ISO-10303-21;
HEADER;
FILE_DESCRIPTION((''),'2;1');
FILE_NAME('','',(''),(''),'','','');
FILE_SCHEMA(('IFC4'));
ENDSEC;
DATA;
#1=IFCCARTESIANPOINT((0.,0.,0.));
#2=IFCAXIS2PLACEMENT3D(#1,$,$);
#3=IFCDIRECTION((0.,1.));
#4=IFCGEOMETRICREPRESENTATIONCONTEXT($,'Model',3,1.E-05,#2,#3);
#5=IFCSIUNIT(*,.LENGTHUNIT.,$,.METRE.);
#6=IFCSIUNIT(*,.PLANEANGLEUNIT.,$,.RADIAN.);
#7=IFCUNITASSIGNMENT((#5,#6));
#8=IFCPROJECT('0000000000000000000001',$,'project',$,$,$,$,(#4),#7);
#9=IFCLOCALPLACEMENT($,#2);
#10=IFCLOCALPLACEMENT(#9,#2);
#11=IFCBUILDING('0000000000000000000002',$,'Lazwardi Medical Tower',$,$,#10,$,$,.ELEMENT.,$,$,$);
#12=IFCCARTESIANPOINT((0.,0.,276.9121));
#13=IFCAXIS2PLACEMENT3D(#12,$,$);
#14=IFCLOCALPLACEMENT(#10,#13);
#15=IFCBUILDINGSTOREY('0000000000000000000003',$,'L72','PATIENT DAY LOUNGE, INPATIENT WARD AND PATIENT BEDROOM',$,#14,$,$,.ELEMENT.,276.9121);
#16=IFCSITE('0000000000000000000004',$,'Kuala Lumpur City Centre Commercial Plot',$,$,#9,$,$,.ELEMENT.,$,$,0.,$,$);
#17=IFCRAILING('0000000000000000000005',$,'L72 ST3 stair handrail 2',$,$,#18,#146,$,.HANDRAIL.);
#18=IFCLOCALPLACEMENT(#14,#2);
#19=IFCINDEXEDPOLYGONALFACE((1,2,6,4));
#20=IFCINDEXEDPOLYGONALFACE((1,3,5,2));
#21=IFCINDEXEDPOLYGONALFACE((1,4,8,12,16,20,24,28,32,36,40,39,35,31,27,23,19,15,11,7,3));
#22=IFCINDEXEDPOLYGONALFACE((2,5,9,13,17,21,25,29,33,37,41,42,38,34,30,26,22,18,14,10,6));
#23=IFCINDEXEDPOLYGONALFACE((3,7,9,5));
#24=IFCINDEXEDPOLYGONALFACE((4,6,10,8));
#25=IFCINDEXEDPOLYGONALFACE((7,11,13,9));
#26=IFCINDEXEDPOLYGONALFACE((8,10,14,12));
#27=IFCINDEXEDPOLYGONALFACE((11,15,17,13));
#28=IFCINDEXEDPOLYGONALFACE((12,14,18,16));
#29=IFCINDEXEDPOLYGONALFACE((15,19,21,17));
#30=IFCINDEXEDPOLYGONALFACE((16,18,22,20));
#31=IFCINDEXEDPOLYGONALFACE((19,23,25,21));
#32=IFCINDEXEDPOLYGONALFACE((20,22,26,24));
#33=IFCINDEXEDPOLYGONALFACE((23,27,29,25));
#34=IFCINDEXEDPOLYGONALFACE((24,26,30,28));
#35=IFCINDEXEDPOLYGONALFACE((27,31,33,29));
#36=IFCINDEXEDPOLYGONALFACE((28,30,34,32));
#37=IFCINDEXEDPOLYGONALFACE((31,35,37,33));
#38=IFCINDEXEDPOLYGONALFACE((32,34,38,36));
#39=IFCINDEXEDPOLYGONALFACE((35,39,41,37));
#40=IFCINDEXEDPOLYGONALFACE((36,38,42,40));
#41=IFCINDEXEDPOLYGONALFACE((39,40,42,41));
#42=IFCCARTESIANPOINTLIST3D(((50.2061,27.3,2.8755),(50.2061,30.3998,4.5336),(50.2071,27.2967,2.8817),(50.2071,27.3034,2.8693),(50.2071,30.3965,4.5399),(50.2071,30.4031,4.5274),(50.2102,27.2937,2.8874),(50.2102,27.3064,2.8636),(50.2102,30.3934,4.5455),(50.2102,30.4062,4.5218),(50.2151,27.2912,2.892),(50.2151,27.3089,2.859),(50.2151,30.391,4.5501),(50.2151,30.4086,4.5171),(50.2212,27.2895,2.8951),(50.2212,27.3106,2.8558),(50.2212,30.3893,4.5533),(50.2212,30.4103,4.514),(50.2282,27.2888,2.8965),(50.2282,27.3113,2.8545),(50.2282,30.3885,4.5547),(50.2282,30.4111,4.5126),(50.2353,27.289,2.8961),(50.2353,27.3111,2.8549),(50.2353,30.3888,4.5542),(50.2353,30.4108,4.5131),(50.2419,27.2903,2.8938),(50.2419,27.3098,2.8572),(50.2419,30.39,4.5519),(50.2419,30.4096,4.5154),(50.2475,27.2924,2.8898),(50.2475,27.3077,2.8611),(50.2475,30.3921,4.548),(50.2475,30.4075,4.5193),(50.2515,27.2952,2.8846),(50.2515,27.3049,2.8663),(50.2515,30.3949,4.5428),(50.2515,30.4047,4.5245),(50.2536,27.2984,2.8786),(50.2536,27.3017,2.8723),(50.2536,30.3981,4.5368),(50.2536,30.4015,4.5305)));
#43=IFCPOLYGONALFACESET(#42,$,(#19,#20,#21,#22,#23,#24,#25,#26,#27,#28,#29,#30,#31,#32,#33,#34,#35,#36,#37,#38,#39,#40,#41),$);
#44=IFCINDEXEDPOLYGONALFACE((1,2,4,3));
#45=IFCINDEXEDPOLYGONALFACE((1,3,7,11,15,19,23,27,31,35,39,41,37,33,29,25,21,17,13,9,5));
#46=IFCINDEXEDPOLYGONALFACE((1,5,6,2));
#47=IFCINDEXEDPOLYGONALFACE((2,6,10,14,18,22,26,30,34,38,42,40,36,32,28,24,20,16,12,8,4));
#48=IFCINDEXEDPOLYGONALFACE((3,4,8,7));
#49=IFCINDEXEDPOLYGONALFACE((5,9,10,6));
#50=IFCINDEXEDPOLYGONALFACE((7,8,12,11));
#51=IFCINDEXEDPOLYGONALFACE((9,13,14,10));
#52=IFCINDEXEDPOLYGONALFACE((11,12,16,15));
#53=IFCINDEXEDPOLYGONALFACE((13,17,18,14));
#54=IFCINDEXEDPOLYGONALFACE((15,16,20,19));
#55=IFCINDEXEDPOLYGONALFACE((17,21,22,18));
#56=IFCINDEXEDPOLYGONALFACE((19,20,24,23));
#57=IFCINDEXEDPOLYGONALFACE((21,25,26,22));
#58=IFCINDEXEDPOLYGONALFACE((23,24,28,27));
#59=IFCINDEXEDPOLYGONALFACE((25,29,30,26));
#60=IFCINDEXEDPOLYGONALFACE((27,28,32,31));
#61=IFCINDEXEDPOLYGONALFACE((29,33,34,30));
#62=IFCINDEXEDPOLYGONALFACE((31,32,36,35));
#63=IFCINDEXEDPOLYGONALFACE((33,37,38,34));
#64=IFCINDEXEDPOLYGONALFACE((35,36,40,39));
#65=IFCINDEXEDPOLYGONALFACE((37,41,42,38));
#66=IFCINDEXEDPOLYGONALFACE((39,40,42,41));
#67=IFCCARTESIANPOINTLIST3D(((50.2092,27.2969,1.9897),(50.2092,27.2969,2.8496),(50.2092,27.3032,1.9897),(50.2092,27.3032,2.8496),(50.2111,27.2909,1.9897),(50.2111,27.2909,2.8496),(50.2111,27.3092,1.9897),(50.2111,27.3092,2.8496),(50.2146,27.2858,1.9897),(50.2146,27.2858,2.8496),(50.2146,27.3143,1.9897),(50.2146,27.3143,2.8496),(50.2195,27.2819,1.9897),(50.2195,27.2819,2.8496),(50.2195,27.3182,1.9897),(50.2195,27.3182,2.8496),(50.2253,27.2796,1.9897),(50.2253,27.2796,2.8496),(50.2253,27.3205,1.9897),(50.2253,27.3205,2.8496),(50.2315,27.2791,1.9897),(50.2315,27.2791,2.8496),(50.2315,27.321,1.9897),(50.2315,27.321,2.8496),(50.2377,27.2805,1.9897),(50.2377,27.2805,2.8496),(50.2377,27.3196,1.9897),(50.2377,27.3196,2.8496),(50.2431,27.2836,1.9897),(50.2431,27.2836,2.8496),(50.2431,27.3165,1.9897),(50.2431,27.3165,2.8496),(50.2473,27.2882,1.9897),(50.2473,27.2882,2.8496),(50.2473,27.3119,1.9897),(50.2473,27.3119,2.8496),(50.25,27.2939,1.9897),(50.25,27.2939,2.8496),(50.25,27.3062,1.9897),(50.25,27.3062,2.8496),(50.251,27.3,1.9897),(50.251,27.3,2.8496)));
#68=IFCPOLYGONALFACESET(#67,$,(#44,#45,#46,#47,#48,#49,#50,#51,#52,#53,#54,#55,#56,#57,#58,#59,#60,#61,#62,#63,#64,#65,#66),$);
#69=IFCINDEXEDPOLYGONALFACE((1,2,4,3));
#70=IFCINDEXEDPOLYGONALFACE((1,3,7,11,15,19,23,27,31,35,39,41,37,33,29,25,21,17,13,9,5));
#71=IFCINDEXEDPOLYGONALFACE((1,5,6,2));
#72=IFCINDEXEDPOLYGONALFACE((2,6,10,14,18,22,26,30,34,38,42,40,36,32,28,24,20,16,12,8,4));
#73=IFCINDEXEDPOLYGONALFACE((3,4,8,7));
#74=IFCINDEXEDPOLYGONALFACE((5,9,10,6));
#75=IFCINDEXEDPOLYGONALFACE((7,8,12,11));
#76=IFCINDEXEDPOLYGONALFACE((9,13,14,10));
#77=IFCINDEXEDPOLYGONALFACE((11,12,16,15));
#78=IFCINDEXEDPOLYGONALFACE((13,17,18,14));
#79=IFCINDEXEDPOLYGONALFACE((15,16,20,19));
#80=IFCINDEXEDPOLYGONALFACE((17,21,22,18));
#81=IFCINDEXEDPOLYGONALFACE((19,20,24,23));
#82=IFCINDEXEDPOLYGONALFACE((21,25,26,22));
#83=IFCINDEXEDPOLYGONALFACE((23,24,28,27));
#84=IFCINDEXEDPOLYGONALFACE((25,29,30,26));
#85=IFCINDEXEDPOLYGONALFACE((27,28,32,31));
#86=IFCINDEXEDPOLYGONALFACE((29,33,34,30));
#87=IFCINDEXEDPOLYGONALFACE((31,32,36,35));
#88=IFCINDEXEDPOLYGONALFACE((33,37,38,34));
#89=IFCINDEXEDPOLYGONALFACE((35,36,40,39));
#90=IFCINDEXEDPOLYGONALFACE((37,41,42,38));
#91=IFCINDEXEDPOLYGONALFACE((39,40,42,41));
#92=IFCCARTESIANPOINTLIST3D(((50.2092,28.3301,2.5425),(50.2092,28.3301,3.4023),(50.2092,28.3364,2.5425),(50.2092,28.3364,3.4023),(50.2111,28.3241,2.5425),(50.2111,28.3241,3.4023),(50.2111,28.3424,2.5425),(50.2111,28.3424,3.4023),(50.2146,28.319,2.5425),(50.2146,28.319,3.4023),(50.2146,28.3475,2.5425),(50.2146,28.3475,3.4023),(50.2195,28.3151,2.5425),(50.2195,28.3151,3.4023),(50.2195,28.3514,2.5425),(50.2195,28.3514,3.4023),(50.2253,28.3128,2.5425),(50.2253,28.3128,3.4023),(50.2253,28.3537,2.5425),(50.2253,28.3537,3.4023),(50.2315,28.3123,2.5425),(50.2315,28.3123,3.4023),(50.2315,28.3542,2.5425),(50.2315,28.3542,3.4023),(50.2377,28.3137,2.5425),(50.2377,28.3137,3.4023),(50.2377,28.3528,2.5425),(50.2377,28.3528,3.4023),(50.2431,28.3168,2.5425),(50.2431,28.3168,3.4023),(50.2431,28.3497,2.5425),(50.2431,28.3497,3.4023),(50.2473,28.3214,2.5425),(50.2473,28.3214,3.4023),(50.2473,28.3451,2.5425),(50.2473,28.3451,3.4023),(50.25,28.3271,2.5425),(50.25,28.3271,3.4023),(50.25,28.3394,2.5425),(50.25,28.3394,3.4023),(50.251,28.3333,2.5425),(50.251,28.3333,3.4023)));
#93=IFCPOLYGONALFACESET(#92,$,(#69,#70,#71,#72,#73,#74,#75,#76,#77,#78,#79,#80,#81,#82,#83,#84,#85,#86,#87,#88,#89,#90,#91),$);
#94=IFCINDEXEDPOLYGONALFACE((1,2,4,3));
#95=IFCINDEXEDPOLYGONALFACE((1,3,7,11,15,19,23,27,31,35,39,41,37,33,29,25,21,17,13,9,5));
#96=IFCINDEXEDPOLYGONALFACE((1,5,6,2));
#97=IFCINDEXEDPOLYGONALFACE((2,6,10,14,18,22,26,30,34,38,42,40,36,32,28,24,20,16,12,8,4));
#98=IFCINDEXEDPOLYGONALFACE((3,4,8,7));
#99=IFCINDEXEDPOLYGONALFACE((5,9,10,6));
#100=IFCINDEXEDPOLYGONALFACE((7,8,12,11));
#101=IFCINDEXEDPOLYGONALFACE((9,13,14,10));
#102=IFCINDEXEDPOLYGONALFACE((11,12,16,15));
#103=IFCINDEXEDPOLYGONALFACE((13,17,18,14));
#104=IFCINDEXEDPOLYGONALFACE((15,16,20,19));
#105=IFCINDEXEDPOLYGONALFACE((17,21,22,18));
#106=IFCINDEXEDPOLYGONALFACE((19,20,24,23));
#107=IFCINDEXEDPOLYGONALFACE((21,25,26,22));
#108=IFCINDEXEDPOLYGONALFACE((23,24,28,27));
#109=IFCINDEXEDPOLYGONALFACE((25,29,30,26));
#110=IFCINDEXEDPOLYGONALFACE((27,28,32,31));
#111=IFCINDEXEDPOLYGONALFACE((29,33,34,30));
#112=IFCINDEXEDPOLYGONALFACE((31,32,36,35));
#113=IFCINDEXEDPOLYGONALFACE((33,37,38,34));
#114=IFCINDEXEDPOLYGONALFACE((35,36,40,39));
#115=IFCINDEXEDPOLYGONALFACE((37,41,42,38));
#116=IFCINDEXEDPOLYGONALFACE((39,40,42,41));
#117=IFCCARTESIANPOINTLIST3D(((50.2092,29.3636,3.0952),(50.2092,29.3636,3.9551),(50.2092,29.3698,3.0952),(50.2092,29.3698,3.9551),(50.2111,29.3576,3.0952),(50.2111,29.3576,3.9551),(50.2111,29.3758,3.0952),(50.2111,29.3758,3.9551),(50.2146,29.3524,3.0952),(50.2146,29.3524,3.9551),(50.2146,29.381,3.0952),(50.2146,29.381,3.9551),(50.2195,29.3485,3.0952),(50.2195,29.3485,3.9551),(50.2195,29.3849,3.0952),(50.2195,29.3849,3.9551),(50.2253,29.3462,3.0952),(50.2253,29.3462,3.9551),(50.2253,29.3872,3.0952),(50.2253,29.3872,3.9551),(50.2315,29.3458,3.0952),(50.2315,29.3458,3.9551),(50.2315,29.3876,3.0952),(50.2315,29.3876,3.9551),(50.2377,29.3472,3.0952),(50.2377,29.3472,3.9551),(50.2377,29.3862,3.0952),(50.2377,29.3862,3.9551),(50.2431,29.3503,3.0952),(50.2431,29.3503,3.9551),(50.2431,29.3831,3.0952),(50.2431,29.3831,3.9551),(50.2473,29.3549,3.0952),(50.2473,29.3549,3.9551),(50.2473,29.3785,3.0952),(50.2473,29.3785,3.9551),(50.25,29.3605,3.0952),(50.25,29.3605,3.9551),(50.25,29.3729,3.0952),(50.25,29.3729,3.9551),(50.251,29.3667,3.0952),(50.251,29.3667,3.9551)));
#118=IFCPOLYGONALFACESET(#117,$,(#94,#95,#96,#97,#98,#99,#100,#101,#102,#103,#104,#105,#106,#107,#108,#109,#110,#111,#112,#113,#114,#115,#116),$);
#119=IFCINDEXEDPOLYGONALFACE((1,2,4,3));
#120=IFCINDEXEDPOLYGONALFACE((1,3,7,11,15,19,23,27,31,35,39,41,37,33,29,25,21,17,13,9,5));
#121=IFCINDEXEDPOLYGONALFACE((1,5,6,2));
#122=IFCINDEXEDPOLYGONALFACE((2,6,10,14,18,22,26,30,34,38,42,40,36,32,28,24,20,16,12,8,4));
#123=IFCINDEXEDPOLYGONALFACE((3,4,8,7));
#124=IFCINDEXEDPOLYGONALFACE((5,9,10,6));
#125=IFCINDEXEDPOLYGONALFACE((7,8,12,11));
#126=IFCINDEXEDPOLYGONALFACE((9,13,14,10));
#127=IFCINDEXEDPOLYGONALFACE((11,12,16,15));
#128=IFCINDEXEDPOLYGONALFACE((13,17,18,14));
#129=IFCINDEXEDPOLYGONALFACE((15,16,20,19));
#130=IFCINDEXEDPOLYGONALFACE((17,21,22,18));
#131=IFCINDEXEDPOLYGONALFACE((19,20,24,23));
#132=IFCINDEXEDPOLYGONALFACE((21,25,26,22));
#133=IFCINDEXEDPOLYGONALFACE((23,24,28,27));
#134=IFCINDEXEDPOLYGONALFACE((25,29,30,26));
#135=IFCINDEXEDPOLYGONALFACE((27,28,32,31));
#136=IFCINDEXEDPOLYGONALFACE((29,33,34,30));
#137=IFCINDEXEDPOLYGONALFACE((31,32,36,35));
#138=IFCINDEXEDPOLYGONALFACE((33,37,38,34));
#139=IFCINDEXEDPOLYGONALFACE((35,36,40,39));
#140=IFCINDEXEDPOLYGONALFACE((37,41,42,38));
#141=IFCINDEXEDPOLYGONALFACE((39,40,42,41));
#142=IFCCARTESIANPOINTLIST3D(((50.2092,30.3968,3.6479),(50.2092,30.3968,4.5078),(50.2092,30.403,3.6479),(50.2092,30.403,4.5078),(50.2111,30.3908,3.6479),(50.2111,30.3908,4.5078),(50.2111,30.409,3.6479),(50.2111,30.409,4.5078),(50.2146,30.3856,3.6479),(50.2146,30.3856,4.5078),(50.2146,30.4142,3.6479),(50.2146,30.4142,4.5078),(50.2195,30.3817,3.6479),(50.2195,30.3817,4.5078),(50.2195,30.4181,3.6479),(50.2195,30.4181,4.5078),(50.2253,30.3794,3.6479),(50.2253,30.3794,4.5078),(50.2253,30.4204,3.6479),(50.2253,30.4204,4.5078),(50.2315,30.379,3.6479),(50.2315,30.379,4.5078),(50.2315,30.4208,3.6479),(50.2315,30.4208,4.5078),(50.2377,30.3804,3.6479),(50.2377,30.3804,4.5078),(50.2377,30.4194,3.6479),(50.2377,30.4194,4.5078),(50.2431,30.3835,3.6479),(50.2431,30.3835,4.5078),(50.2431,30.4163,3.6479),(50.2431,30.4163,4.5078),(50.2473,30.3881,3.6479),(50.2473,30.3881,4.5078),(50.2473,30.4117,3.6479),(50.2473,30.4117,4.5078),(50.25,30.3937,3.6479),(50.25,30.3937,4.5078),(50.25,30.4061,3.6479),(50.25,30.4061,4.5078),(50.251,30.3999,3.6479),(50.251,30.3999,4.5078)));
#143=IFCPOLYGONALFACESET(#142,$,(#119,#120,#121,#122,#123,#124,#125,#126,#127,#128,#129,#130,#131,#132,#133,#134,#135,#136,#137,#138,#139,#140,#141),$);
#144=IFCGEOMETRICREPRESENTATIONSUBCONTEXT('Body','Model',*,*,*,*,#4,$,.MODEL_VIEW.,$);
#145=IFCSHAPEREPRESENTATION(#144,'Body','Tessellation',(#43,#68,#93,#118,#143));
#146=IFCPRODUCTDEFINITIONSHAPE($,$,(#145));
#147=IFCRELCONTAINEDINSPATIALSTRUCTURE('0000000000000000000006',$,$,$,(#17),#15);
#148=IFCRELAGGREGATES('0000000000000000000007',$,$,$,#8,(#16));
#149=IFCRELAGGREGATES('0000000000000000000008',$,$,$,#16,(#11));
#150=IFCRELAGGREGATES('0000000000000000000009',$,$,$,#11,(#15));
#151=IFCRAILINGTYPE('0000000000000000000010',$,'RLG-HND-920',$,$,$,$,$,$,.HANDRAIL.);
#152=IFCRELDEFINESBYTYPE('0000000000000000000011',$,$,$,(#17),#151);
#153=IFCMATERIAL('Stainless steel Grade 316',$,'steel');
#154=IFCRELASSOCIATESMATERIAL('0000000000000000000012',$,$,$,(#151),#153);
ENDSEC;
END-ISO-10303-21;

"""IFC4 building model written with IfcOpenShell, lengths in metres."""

from ifc_helpers import new_model, si_unit, direction, frame, origin, origin_2d, place, context, subcontext, project, spatial, circle, extrude, material, type_object, element, save


model = new_model("IFC4")

# Units and contexts
model_context = context("Model", 3, precision=1e-05, world=origin(), true_north=direction((0.0, 1.0)))
body_context = subcontext(model_context, "Body", "Model", "MODEL_VIEW")
ifc_project = project(units=[si_unit("LENGTHUNIT", "METRE"), si_unit("PLANEANGLEUNIT", "RADIAN")], contexts=[model_context])

# Site, building, storey
site_placement = place(None, origin())
site = spatial("IfcSite", under=ifc_project, at=site_placement, Name="Kuala Lumpur City Centre Commercial Plot", CompositionType="ELEMENT", RefElevation=0.0)
building_placement = place(site_placement, origin())
building = spatial("IfcBuilding", under=site, at=building_placement, Name="Lazwardi Medical Tower", CompositionType="ELEMENT")
storey_placement = place(building_placement, frame((0.0, 0.0, 276.9121)))
storey = spatial("IfcBuildingStorey", under=building, at=storey_placement, Name="L72", Description="PATIENT DAY LOUNGE, INPATIENT WARD AND PATIENT BEDROOM", CompositionType="ELEMENT", Elevation=276.9121)

# Railing
ifc_material_1 = material(Name="Stainless steel Grade 316", Category="steel")
railing_type_1 = type_object("IfcRailingType", Name="RLG-HND-920", PredefinedType="HANDRAIL", material=ifc_material_1)
railing_1_placement = place(storey_placement, frame((50.23, 27.3, 1.9897)))
element("IfcRailing", 1, at=railing_1_placement, inside=storey, type_object=railing_type_1, Name="L72 ST3 stair handrail 2", PredefinedType="HANDRAIL", context=body_context, shape_type="SweptSolid", body=[
    extrude(circle(Radius=0.0239, at=origin_2d()), frame((0.0, 0.0, 0.8857), z_axis=(0.0, 0.881768, 0.471684), x_axis=(-1.0, 0.0, 0.0)), (0.0, 0.0, 1.0), 3.5154),
    extrude(circle(Radius=0.021, at=origin_2d()), origin(), (0.0, 0.0, 1.0), 0.8599),
    extrude(circle(Radius=0.021, at=origin_2d()), frame((0.0, 1.0332, 0.5527)), (0.0, 0.0, 1.0), 0.8599),
    extrude(circle(Radius=0.021, at=origin_2d()), frame((0.0, 2.0667, 1.1055)), (0.0, 0.0, 1.0), 0.8599),
    extrude(circle(Radius=0.021, at=origin_2d()), frame((0.0, 3.0999, 1.6582)), (0.0, 0.0, 1.0), 0.8599),
])

save(model, "model.ifc")
